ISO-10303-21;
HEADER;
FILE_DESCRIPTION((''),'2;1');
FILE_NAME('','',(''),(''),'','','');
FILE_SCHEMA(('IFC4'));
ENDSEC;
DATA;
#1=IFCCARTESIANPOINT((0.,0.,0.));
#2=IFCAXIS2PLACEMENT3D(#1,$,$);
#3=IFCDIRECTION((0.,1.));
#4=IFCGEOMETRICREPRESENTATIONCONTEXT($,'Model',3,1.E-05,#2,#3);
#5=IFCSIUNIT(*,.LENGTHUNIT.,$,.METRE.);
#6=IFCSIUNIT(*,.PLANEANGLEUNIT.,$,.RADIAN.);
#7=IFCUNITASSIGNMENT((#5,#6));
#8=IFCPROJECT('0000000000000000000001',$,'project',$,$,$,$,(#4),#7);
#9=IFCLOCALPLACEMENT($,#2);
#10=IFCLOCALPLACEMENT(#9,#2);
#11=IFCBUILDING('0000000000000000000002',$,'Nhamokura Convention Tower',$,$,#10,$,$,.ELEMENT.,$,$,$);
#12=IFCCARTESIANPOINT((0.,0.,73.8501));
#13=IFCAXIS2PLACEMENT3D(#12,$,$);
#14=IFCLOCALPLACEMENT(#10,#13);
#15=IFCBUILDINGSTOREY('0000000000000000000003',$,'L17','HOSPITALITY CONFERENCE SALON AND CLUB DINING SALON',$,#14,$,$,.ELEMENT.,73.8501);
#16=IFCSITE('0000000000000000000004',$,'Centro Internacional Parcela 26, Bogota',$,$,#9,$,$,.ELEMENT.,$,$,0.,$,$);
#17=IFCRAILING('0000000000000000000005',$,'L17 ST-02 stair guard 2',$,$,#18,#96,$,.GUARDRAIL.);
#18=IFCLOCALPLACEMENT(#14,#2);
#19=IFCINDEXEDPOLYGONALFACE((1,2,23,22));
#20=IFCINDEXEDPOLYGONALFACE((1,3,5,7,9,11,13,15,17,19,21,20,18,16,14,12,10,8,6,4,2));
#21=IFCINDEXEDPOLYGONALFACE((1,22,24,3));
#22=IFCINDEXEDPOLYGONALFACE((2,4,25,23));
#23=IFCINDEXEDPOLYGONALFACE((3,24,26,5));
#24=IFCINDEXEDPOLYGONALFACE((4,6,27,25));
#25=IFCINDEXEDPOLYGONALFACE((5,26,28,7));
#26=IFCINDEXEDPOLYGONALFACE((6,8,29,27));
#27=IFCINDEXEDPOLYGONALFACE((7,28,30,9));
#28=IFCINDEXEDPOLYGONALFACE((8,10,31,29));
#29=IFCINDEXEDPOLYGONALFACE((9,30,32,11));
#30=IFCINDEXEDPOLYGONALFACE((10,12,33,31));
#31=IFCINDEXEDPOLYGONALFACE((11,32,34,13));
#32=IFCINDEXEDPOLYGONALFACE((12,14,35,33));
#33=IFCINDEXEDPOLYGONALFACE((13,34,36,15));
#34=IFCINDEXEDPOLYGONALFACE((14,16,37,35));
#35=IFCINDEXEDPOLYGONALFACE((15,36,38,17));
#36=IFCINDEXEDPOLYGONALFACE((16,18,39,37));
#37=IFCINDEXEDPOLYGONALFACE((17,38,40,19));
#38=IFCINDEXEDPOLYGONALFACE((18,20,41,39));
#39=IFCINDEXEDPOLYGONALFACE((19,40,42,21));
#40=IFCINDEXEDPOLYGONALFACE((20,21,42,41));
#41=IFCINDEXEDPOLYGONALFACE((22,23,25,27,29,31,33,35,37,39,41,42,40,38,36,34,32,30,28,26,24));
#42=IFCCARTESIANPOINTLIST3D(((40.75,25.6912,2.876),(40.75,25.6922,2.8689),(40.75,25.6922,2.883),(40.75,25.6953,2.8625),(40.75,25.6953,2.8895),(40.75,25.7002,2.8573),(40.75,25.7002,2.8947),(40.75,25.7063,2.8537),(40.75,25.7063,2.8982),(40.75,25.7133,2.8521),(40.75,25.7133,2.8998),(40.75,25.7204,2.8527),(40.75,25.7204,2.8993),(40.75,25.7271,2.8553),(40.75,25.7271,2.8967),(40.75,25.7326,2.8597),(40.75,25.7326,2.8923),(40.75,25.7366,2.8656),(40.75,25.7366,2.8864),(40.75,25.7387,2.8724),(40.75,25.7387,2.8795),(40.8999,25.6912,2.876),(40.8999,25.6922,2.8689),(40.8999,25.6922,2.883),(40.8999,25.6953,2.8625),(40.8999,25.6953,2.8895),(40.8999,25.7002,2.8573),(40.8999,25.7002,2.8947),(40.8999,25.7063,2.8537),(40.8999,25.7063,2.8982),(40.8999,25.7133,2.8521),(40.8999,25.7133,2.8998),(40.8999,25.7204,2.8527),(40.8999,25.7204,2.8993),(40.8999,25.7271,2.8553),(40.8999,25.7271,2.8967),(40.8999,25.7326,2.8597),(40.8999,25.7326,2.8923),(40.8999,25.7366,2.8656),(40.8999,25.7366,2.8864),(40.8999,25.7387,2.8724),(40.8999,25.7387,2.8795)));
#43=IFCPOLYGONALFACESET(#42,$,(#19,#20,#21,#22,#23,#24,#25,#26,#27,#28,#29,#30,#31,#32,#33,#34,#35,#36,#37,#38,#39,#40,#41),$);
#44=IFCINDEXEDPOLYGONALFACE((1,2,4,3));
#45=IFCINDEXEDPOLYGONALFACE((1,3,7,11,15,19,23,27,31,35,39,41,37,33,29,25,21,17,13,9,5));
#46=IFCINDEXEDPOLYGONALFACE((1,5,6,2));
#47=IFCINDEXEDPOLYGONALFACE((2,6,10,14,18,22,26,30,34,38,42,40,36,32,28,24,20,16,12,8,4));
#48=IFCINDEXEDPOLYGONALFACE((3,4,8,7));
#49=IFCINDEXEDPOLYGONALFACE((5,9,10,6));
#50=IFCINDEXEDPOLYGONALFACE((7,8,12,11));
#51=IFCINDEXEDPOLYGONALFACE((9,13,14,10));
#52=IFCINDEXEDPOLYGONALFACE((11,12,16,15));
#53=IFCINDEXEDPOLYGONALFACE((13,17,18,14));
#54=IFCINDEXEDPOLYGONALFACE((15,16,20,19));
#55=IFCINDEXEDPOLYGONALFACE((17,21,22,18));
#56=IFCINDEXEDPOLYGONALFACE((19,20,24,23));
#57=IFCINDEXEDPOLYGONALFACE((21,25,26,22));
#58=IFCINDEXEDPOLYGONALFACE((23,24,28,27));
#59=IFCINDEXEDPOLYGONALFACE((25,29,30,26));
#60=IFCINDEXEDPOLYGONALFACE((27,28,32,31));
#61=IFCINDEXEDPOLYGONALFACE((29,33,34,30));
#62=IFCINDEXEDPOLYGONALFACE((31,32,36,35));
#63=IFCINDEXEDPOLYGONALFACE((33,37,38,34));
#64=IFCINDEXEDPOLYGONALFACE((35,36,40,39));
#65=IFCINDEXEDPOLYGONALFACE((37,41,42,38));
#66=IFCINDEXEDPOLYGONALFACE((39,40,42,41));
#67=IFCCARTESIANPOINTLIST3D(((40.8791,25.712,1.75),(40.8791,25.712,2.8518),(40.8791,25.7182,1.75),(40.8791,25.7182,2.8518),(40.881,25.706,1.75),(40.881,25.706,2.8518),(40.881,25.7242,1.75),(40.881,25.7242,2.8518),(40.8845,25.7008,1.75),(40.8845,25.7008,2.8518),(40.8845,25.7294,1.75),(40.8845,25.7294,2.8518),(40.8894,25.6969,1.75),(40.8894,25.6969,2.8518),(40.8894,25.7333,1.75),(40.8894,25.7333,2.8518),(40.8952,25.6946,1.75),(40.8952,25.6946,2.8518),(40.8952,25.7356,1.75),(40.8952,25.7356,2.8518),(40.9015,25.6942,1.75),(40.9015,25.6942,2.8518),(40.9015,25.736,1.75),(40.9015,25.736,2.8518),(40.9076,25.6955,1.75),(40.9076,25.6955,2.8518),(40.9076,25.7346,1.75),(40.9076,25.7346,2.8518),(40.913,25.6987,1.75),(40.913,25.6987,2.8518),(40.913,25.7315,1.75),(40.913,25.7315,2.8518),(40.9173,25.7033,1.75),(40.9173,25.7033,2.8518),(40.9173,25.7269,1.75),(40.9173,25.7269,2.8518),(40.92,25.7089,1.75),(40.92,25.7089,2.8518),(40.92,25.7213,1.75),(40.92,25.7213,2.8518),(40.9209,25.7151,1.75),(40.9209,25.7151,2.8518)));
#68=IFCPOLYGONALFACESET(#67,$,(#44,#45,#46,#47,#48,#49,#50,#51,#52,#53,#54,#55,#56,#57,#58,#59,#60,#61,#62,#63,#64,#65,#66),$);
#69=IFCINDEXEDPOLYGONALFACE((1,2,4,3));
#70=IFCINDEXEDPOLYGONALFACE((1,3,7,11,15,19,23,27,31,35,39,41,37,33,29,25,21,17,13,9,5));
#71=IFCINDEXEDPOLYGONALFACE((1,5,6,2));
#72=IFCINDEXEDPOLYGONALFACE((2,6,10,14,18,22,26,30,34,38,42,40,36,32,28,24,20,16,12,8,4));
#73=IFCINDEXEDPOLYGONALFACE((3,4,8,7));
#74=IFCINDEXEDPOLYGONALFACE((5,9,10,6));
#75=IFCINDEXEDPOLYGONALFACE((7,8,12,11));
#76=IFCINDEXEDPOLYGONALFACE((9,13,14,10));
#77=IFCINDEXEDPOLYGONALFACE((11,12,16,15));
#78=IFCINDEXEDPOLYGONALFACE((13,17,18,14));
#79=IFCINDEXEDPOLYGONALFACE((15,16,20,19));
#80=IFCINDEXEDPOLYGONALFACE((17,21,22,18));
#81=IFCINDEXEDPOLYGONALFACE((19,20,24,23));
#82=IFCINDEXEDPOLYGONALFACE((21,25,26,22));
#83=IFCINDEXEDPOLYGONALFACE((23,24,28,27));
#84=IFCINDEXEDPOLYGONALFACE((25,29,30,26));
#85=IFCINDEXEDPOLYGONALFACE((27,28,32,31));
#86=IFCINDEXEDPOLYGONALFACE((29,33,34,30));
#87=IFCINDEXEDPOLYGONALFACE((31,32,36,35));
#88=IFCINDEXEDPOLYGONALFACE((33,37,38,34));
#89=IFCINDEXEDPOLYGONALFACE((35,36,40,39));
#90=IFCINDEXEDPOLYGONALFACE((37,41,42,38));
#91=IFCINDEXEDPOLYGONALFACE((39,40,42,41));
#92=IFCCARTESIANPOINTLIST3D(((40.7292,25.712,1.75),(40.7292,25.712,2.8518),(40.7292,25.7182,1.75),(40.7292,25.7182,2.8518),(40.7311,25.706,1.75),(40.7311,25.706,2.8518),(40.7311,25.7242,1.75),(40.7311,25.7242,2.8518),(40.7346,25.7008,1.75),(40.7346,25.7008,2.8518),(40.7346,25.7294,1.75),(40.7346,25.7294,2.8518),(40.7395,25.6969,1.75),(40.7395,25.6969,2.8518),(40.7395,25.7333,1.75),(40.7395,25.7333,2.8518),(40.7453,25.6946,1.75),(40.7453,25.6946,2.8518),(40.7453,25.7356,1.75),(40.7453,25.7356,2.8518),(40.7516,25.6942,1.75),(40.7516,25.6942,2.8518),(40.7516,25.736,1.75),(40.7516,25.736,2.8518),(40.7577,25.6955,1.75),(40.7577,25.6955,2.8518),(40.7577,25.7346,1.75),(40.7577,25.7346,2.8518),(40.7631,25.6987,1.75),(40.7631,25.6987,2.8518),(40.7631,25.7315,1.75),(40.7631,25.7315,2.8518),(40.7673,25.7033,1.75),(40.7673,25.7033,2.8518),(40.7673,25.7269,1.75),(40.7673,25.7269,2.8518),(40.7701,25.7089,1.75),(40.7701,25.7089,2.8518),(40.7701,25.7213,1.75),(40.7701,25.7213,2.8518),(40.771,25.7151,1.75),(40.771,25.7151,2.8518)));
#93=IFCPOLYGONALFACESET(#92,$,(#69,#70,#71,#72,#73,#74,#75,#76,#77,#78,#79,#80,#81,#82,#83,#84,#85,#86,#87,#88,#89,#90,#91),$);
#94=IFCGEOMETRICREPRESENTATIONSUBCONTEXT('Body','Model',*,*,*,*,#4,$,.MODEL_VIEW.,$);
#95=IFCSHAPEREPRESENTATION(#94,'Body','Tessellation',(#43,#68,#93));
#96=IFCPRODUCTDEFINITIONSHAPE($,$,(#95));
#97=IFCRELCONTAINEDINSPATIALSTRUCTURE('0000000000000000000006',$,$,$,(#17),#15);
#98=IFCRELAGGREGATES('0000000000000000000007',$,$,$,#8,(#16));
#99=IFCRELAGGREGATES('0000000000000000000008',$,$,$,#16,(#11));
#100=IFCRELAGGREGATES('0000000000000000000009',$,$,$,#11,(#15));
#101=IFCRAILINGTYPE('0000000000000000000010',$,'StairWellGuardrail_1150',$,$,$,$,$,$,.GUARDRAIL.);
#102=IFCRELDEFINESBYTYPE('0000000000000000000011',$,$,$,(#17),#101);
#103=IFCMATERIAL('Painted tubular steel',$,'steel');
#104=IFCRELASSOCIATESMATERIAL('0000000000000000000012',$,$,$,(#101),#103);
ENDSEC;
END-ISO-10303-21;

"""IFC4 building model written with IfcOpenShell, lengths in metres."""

from ifc_helpers import new_model, si_unit, direction, frame, origin, origin_2d, place, context, subcontext, project, spatial, circle, extrude, material, type_object, element, save


model = new_model("IFC4")

# Units and contexts
model_context = context("Model", 3, precision=1e-05, world=origin(), true_north=direction((0.0, 1.0)))
body_context = subcontext(model_context, "Body", "Model", "MODEL_VIEW")
ifc_project = project(units=[si_unit("LENGTHUNIT", "METRE"), si_unit("PLANEANGLEUNIT", "RADIAN")], contexts=[model_context])

# Site, building, storey
site_placement = place(None, origin())
site = spatial("IfcSite", under=ifc_project, at=site_placement, Name="Centro Internacional Parcela 26, Bogota", CompositionType="ELEMENT", RefElevation=0.0)
building_placement = place(site_placement, origin())
building = spatial("IfcBuilding", under=site, at=building_placement, Name="Nhamokura Convention Tower", CompositionType="ELEMENT")
storey_placement = place(building_placement, frame((0.0, 0.0, 73.8501)))
storey = spatial("IfcBuildingStorey", under=building, at=storey_placement, Name="L17", Description="HOSPITALITY CONFERENCE SALON AND CLUB DINING SALON", CompositionType="ELEMENT", Elevation=73.8501)

# Railing
ifc_material_1 = material(Name="Painted tubular steel", Category="steel")
railing_type_1 = type_object("IfcRailingType", Name="StairWellGuardrail_1150", PredefinedType="GUARDRAIL", material=ifc_material_1)
railing_1_placement = place(storey_placement, frame((40.8999, 25.7151, 1.75)))
element("IfcRailing", 1, at=railing_1_placement, inside=storey, type_object=railing_type_1, Name="L17 ST-02 stair guard 2", PredefinedType="GUARDRAIL", context=body_context, shape_type="SweptSolid", body=[
    extrude(circle(Radius=0.0239, at=origin_2d()), frame((0.0, 0.0, 1.126), z_axis=(-1.0, 0.0, 0.0), x_axis=(0.0, -1.0, 0.0)), (0.0, 0.0, 1.0), 0.1499),
    extrude(circle(Radius=0.021, at=origin_2d()), origin(), (0.0, 0.0, 1.0), 1.1018),
    extrude(circle(Radius=0.021, at=origin_2d()), frame((-0.1499, 0.0, 0.0)), (0.0, 0.0, 1.0), 1.1018),
])

save(model, "model.ifc")
